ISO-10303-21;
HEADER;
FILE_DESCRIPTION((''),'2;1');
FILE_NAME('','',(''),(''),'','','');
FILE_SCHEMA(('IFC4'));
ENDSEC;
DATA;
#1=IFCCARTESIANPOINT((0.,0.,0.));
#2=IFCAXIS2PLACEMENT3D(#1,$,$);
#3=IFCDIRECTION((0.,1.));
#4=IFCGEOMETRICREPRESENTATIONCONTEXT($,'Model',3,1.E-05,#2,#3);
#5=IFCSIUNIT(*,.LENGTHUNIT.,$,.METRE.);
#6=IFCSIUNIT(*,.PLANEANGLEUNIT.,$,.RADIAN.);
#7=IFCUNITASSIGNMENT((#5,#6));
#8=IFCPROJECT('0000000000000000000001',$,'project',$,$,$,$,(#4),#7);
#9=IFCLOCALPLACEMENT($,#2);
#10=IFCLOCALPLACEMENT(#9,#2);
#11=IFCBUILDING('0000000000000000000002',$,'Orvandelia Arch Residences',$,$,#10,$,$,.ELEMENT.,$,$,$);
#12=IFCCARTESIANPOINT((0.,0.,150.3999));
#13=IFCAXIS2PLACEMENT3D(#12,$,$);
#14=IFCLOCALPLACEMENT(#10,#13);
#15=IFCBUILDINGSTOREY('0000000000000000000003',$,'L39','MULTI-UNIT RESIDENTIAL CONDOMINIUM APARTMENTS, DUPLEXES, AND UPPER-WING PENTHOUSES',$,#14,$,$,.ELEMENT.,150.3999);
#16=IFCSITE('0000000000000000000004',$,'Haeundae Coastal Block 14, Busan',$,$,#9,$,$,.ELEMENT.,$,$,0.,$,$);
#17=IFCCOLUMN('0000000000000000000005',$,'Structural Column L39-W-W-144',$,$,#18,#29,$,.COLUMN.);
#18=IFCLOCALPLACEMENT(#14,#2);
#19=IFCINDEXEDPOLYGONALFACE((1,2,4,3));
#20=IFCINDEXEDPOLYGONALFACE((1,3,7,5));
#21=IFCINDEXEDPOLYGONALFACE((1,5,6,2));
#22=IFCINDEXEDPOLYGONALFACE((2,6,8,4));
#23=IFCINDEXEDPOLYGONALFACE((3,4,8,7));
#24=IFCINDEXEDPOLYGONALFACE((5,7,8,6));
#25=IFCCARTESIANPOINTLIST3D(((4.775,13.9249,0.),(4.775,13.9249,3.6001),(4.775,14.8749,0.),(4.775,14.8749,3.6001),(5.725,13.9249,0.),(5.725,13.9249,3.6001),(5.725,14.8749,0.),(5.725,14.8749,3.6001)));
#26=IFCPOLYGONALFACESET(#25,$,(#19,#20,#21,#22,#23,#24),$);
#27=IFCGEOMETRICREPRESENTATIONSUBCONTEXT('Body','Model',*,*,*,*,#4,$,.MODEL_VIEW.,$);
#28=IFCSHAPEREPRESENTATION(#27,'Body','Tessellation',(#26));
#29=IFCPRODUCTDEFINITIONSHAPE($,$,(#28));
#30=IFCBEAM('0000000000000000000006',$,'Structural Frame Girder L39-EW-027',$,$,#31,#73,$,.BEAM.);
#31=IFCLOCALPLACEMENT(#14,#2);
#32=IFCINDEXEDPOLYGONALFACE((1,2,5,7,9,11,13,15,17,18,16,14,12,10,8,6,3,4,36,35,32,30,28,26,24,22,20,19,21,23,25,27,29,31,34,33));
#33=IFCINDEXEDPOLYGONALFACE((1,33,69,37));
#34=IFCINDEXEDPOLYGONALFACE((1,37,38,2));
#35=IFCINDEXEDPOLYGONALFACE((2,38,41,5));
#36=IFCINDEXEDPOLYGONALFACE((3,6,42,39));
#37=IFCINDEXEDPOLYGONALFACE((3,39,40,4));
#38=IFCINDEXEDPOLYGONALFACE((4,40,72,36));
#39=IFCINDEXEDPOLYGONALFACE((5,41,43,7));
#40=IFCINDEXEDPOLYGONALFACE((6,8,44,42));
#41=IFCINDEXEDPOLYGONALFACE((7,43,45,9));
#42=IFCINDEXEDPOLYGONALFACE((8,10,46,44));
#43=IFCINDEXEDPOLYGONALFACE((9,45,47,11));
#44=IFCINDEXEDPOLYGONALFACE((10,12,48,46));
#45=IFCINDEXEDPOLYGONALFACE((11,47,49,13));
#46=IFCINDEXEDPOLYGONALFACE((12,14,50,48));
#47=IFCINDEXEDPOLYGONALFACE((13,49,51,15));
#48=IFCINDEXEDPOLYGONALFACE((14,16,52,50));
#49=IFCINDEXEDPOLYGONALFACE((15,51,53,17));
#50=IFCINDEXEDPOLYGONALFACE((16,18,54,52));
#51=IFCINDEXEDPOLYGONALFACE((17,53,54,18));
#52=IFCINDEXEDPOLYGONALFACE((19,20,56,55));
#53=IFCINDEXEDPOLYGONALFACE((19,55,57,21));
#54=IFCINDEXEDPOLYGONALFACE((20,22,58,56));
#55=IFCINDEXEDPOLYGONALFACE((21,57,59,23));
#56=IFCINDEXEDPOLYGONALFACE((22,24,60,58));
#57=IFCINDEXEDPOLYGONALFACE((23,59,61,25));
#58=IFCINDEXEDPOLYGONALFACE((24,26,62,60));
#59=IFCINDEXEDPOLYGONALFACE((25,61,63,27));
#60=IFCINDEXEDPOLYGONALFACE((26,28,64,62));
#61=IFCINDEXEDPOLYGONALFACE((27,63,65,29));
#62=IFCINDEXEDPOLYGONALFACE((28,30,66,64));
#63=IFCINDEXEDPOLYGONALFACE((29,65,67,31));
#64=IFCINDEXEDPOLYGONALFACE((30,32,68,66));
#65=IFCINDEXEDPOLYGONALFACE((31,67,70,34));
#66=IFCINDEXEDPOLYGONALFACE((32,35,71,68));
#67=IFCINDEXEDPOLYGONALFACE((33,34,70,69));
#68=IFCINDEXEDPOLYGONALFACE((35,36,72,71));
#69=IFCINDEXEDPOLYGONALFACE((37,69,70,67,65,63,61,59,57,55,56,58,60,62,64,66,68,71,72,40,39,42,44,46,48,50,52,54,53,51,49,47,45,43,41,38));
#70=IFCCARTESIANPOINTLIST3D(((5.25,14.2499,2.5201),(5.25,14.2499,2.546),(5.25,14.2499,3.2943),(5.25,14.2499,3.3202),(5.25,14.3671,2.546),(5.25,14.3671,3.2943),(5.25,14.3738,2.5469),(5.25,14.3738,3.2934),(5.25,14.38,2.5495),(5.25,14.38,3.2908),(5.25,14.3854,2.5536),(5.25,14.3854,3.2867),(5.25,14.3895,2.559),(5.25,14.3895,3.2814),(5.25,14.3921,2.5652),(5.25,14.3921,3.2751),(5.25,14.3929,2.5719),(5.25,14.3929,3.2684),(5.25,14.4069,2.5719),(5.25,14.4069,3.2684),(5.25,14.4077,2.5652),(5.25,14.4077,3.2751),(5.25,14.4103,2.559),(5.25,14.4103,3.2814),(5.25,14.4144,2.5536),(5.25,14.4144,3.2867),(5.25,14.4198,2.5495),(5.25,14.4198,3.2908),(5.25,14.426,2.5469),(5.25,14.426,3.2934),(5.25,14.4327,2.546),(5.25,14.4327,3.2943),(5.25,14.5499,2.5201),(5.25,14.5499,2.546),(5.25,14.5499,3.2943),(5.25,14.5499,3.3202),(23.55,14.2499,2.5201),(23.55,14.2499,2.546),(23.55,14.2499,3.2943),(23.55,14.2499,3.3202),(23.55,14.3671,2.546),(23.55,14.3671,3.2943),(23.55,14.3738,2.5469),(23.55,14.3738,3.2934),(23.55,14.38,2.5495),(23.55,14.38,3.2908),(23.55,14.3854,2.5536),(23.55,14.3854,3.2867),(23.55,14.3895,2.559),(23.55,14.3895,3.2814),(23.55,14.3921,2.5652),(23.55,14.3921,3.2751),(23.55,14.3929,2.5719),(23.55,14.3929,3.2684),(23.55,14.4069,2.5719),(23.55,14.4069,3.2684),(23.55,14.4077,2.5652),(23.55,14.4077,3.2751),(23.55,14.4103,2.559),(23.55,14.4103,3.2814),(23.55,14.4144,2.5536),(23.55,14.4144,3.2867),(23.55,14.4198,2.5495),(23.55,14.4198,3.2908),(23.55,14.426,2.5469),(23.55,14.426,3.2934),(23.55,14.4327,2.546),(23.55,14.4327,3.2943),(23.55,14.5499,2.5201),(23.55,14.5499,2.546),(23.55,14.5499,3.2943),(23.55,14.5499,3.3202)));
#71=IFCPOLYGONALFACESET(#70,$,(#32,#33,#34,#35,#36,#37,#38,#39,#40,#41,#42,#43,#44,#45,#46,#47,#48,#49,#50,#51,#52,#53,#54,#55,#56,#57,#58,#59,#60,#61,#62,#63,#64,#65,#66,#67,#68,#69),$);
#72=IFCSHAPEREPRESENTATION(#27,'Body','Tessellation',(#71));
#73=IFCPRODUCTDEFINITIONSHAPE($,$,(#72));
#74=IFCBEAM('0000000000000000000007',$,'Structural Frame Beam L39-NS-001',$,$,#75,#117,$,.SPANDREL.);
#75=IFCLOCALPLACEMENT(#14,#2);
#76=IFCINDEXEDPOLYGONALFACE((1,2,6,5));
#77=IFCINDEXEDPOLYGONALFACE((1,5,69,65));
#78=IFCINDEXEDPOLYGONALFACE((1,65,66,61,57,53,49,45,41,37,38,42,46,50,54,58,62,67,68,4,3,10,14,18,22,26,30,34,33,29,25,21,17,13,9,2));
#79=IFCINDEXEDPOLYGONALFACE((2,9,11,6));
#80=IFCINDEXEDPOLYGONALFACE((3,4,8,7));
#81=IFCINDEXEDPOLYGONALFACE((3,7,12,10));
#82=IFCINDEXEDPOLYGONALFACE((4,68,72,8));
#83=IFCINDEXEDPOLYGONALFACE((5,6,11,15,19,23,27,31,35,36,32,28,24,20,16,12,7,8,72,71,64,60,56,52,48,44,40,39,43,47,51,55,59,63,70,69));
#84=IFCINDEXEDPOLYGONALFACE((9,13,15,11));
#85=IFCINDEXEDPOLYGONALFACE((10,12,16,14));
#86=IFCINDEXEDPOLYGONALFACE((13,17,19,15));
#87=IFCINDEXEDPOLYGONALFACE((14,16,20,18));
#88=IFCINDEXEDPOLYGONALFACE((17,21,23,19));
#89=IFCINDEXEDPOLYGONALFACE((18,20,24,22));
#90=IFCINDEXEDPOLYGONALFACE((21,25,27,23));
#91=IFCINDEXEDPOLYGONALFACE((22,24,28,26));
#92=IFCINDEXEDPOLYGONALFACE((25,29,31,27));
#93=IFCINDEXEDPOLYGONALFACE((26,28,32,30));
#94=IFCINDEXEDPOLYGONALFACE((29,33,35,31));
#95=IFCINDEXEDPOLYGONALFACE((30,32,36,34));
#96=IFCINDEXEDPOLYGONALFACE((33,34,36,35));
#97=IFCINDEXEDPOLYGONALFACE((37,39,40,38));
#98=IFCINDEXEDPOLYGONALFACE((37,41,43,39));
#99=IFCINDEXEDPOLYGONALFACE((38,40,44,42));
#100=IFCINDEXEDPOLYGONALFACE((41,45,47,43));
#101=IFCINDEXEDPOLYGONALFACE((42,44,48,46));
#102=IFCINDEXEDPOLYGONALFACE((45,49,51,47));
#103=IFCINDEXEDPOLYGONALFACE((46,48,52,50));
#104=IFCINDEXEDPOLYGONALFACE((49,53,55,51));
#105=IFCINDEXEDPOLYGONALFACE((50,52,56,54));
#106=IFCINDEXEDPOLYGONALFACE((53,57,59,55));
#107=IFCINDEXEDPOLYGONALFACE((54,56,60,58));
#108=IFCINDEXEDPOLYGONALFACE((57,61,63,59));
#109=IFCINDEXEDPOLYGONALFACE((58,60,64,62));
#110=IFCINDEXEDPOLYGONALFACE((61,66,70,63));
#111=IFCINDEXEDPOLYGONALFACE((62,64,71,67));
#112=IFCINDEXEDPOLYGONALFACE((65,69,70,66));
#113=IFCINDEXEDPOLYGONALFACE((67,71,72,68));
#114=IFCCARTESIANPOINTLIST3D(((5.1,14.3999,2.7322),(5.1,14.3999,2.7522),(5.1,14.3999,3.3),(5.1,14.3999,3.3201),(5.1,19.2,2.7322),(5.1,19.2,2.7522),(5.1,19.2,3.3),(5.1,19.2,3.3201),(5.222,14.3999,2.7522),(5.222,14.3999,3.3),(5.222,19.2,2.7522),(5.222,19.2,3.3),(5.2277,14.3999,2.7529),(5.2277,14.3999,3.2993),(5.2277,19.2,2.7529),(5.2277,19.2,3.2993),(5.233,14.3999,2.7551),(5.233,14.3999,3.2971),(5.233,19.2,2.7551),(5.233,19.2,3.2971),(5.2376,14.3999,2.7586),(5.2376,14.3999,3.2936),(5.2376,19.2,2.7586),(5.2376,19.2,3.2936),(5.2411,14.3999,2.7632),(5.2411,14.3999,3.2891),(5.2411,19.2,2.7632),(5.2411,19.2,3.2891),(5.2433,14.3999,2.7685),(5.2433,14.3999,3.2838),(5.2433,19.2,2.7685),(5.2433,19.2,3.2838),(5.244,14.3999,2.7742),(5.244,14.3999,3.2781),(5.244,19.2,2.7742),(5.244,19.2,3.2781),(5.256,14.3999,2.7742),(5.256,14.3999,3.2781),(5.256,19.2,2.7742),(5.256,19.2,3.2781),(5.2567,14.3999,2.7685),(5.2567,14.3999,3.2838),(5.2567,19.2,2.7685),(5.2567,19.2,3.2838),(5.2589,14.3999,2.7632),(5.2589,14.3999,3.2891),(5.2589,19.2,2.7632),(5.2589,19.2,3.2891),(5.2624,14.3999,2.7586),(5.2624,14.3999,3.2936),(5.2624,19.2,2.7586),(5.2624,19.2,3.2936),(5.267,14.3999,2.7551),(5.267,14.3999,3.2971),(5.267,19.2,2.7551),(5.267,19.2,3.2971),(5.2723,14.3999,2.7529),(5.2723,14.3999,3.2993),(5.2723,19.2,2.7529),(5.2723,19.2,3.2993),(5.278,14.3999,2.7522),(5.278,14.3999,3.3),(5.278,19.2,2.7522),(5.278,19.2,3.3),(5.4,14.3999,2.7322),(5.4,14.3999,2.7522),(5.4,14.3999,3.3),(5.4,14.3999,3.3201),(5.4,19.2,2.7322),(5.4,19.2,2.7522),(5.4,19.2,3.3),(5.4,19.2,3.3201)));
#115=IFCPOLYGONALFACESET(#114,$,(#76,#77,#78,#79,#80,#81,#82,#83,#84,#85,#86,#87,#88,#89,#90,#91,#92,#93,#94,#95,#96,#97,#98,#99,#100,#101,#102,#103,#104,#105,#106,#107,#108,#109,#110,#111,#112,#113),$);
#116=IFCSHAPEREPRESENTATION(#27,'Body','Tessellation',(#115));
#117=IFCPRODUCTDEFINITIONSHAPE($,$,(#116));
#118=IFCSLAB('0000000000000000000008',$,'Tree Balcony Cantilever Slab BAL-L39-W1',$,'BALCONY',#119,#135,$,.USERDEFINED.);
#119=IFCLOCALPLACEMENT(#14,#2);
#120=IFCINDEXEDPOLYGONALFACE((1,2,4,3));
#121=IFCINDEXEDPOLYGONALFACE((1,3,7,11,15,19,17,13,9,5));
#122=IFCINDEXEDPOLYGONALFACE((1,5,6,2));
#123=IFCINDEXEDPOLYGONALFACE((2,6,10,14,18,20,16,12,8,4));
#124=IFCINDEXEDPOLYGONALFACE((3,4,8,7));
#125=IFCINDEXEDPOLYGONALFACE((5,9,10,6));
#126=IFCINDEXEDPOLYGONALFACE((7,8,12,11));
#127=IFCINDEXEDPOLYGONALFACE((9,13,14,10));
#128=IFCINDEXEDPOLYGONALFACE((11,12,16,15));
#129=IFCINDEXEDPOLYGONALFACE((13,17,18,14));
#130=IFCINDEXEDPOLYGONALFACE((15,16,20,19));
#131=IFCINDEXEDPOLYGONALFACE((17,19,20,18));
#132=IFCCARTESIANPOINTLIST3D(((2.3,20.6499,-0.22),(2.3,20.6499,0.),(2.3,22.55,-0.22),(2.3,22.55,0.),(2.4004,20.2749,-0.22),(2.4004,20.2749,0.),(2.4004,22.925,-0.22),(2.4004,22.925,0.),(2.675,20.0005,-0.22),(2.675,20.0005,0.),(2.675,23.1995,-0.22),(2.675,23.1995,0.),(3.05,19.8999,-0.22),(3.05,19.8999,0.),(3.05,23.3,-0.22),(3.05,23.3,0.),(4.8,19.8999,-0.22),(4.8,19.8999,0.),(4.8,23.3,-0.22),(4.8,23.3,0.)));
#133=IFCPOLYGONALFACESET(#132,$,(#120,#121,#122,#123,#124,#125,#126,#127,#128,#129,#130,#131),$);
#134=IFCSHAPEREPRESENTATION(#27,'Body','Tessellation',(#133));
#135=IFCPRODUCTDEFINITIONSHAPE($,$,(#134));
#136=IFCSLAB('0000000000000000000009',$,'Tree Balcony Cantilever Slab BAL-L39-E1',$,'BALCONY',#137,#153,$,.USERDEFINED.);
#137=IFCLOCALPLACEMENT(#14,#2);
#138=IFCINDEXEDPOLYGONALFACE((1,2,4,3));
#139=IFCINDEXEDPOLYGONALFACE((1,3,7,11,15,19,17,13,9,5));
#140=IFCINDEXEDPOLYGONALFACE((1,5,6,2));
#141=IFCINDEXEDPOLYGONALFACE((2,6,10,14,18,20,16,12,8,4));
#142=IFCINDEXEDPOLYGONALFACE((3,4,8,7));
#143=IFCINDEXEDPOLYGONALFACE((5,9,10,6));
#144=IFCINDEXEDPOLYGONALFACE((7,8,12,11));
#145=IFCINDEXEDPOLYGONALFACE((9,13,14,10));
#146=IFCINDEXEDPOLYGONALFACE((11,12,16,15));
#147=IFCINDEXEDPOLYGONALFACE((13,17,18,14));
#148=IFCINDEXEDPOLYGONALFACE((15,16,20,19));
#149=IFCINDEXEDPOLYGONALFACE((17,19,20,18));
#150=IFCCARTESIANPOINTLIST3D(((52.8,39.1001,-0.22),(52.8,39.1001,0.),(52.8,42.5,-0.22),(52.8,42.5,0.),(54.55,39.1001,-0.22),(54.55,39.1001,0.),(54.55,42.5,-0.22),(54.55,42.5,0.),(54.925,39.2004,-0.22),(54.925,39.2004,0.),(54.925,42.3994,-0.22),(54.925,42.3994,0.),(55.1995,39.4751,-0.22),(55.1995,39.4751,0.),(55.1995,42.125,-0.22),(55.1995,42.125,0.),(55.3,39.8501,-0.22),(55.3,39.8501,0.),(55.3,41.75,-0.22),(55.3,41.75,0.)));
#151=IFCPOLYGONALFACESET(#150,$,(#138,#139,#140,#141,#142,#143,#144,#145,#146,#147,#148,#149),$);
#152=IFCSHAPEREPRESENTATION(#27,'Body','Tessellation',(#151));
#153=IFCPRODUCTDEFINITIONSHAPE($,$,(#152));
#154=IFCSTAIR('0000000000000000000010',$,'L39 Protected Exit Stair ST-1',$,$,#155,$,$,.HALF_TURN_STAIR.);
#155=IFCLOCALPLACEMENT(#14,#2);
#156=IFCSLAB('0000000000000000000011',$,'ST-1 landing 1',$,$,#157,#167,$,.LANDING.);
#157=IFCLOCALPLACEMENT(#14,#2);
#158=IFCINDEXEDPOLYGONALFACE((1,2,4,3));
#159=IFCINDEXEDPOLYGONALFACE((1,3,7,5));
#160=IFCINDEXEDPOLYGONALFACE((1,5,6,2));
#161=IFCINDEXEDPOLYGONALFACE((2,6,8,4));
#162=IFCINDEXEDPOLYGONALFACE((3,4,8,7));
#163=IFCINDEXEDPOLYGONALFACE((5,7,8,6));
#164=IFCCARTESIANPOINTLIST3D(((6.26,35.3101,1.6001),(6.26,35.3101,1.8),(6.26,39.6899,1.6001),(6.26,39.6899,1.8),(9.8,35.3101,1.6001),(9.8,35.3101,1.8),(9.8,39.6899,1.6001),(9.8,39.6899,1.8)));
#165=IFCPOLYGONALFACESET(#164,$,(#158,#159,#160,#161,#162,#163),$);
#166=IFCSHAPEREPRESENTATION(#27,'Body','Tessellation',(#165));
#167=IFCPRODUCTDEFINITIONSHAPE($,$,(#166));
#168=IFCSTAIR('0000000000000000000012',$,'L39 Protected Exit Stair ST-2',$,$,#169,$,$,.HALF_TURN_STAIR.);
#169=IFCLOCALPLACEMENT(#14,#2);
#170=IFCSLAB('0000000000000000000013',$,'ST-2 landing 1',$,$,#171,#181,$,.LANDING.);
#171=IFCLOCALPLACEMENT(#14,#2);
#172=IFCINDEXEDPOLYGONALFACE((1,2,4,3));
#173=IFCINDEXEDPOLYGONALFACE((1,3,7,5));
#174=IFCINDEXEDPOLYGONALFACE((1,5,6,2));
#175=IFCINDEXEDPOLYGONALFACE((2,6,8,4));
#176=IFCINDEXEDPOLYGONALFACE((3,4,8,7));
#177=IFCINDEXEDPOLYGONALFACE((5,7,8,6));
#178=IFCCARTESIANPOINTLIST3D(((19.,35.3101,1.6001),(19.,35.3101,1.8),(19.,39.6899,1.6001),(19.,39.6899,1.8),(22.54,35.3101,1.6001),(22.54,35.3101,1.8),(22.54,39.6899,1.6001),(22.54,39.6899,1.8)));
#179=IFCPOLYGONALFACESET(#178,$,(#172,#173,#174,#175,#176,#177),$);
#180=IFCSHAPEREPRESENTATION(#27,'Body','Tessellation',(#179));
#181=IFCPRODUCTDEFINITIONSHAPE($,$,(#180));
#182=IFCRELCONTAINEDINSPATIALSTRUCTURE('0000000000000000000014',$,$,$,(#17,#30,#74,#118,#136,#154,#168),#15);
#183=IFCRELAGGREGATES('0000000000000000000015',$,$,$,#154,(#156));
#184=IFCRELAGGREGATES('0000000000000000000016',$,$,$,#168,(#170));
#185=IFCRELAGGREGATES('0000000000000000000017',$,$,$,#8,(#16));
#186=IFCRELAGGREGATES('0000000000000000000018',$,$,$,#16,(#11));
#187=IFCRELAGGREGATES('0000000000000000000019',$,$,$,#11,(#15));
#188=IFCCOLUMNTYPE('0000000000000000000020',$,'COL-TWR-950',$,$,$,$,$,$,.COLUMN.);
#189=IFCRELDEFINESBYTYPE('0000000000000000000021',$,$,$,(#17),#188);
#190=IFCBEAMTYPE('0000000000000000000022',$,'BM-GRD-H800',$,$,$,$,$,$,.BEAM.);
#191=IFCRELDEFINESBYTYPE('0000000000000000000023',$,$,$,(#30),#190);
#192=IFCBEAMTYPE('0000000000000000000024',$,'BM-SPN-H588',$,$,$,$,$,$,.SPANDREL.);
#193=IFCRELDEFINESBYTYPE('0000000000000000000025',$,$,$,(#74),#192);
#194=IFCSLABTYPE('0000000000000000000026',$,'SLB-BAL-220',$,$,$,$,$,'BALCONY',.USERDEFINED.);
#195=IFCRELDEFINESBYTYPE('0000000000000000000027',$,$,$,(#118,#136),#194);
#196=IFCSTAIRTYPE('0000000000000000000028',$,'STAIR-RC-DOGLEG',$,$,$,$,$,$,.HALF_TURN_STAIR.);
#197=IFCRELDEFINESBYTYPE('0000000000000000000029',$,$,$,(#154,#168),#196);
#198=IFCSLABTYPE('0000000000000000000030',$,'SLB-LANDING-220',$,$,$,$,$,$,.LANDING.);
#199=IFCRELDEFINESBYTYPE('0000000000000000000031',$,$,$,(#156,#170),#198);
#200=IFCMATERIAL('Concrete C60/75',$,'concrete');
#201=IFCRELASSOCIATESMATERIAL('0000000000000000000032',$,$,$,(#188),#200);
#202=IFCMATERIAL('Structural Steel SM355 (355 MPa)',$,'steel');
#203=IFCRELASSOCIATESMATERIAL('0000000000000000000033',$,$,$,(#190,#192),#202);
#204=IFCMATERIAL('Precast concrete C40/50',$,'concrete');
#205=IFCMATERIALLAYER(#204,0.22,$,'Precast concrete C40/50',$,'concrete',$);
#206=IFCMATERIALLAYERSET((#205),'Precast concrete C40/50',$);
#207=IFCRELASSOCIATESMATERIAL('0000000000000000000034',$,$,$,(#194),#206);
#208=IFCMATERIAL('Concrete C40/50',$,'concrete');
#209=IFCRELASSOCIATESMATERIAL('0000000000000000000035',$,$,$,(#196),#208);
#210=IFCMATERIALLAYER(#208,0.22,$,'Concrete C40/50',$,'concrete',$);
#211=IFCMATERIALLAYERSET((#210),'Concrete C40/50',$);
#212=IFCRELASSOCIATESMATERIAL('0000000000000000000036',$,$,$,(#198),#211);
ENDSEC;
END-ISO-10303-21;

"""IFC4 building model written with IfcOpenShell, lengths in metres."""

from ifc_helpers import new_model, si_unit, direction, frame, origin, origin_2d, place, context, subcontext, project, spatial, polyline, rectangle, i_section, outline, extrude, material, layer, layer_set, material_profile, profile_set, type_object, element, aggregate, save


model = new_model("IFC4")

# Units and contexts
model_context = context("Model", 3, precision=1e-05, world=origin(), true_north=direction((0.0, 1.0)))
body_context = subcontext(model_context, "Body", "Model", "MODEL_VIEW")
ifc_project = project(units=[si_unit("LENGTHUNIT", "METRE"), si_unit("PLANEANGLEUNIT", "RADIAN")], contexts=[model_context])

# Site, building, storey
site_placement = place(None, origin())
site = spatial("IfcSite", under=ifc_project, at=site_placement, Name="Haeundae Coastal Block 14, Busan", CompositionType="ELEMENT", RefElevation=0.0)
building_placement = place(site_placement, origin())
building = spatial("IfcBuilding", under=site, at=building_placement, Name="Orvandelia Arch Residences", CompositionType="ELEMENT")
storey_placement = place(building_placement, frame((0.0, 0.0, 150.3999)))
storey = spatial("IfcBuildingStorey", under=building, at=storey_placement, Name="L39", Description="MULTI-UNIT RESIDENTIAL CONDOMINIUM APARTMENTS, DUPLEXES, AND UPPER-WING PENTHOUSES", CompositionType="ELEMENT", Elevation=150.3999)

# Column
ifc_material_1 = material(Name="Concrete C60/75", Category="concrete")
ifc_material_profile_1 = material_profile(ifc_material_1, rectangle(XDim=0.95, YDim=0.95, at=origin_2d()), Name="Concrete C60/75", Category="concrete")
ifc_profile_set_1 = profile_set([ifc_material_profile_1], Name="Concrete C60/75")
column_type = type_object("IfcColumnType", Name="COL-TWR-950", PredefinedType="COLUMN", material=ifc_profile_set_1)
column_placement = place(storey_placement, frame((5.25, 14.3999, 0.0), z_axis=(0.0, 0.0, 1.0), x_axis=(1.0, 0.0, 0.0)))
element("IfcColumn", 1, at=column_placement, inside=storey, type_object=column_type, Name="Structural Column L39-W-W-144", PredefinedType="COLUMN", context=body_context, shape_type="SweptSolid", body=[
    extrude(rectangle(XDim=0.95, YDim=0.95, at=origin_2d()), origin(), (0.0, 0.0, 1.0), 3.6001),
])

# Beams
ifc_material_2 = material(Name="Structural Steel SM355 (355 MPa)", Category="steel")
ifc_material_profile_2 = material_profile(ifc_material_2, i_section(OverallWidth=0.3, OverallDepth=0.8, WebThickness=0.0139, FlangeThickness=0.0259, FilletRadius=0.0259, at=origin_2d()), Name="Structural Steel SM355 (355 MPa)", Category="steel")
ifc_profile_set_2 = profile_set([ifc_material_profile_2], Name="Structural Steel SM355 (355 MPa)")
beam_type_1 = type_object("IfcBeamType", Name="BM-GRD-H800", PredefinedType="BEAM", material=ifc_profile_set_2)
beam_1_placement = place(storey_placement, frame((5.25, 14.3999, 2.9202), z_axis=(1.0, 0.0, 0.0), x_axis=(0.0, 1.0, 0.0)))
element("IfcBeam", 2, at=beam_1_placement, inside=storey, type_object=beam_type_1, Name="Structural Frame Girder L39-EW-027", PredefinedType="BEAM", context=body_context, shape_type="SweptSolid", body=[
    extrude(i_section(OverallWidth=0.3, OverallDepth=0.8, WebThickness=0.0139, FlangeThickness=0.0259, FilletRadius=0.0259, at=origin_2d()), origin(), (0.0, 0.0, 1.0), 18.3),
])
ifc_material_profile_3 = material_profile(ifc_material_2, i_section(OverallWidth=0.3, OverallDepth=0.5879, WebThickness=0.012, FlangeThickness=0.02, FilletRadius=0.022, at=origin_2d()), Name="Structural Steel SM355 (355 MPa)", Category="steel")
ifc_profile_set_3 = profile_set([ifc_material_profile_3], Name="Structural Steel SM355 (355 MPa)")
beam_type_2 = type_object("IfcBeamType", Name="BM-SPN-H588", PredefinedType="SPANDREL", material=ifc_profile_set_3)
beam_2_placement = place(storey_placement, frame((5.25, 14.3999, 3.0261), z_axis=(0.0, 1.0, 0.0), x_axis=(-1.0, 0.0, 0.0)))
element("IfcBeam", 3, at=beam_2_placement, inside=storey, type_object=beam_type_2, Name="Structural Frame Beam L39-NS-001", PredefinedType="SPANDREL", context=body_context, shape_type="SweptSolid", body=[
    extrude(i_section(OverallWidth=0.3, OverallDepth=0.5879, WebThickness=0.012, FlangeThickness=0.02, FilletRadius=0.022, at=origin_2d()), origin(), (0.0, 0.0, 1.0), 4.8),
])

# Slabs
ifc_material_3 = material(Name="Precast concrete C40/50", Category="concrete")
ifc_layer_1 = layer(ifc_material_3, 0.22, Name="Precast concrete C40/50", Category="concrete")
ifc_layer_set_1 = layer_set([ifc_layer_1], Name="Precast concrete C40/50")
slab_type_1 = type_object("IfcSlabType", Name="SLB-BAL-220", ElementType="BALCONY", PredefinedType="USERDEFINED", material=ifc_layer_set_1)
slab_1_placement = place(storey_placement, frame((0.0, 0.0, -0.22)))
element("IfcSlab", 4, at=slab_1_placement, inside=storey, type_object=slab_type_1, Name="Tree Balcony Cantilever Slab BAL-L39-W1", ObjectType="BALCONY", PredefinedType="USERDEFINED", context=body_context, shape_type="SweptSolid", body=[
    extrude(outline(polyline([(4.8, 19.8999), (4.8, 23.3), (3.05, 23.3), (2.675, 23.1995), (2.4004, 22.925), (2.3, 22.55), (2.3, 20.6499), (2.4004, 20.2749), (2.675, 20.0005), (3.05, 19.8999), (4.8, 19.8999)])), origin(), (0.0, 0.0, 1.0), 0.22),
])
slab_2_placement = place(storey_placement, frame((0.0, 0.0, -0.22)))
element("IfcSlab", 5, at=slab_2_placement, inside=storey, type_object=slab_type_1, Name="Tree Balcony Cantilever Slab BAL-L39-E1", ObjectType="BALCONY", PredefinedType="USERDEFINED", context=body_context, shape_type="SweptSolid", body=[
    extrude(outline(polyline([(52.8, 42.5), (52.8, 39.1001), (54.55, 39.1001), (54.925, 39.2004), (55.1995, 39.4751), (55.3, 39.8501), (55.3, 41.75), (55.1995, 42.125), (54.925, 42.3994), (54.55, 42.5), (52.8, 42.5)])), origin(), (0.0, 0.0, 1.0), 0.22),
])

# Stairs, slabs
ifc_material_4 = material(Name="Concrete C40/50", Category="concrete")
stair_type = type_object("IfcStairType", Name="STAIR-RC-DOGLEG", PredefinedType="HALF_TURN_STAIR", material=ifc_material_4)
stair_1_placement = place(storey_placement, origin())
stair_1 = element("IfcStair", 6, at=stair_1_placement, inside=storey, type_object=stair_type, Name="L39 Protected Exit Stair ST-1", PredefinedType="HALF_TURN_STAIR")
ifc_layer_2 = layer(ifc_material_4, 0.22, Name="Concrete C40/50", Category="concrete")
ifc_layer_set_2 = layer_set([ifc_layer_2], Name="Concrete C40/50")
slab_type_2 = type_object("IfcSlabType", Name="SLB-LANDING-220", PredefinedType="LANDING", material=ifc_layer_set_2)
slab_3_placement = place(storey_placement, frame((0.0, 0.0, 1.6001)))
slab_3 = element("IfcSlab", 7, at=slab_3_placement, type_object=slab_type_2, Name="ST-1 landing 1", PredefinedType="LANDING", context=body_context, shape_type="SweptSolid", body=[
    extrude(outline(polyline([(9.8, 35.3101), (9.8, 39.6899), (6.26, 39.6899), (6.26, 35.3101), (9.8, 35.3101)])), origin(), (0.0, 0.0, 1.0), 0.2),
])
aggregate(stair_1, [slab_3])
stair_2_placement = place(storey_placement, origin())
stair_2 = element("IfcStair", 8, at=stair_2_placement, inside=storey, type_object=stair_type, Name="L39 Protected Exit Stair ST-2", PredefinedType="HALF_TURN_STAIR")
slab_4_placement = place(storey_placement, frame((0.0, 0.0, 1.6001)))
slab_4 = element("IfcSlab", 9, at=slab_4_placement, type_object=slab_type_2, Name="ST-2 landing 1", PredefinedType="LANDING", context=body_context, shape_type="SweptSolid", body=[
    extrude(outline(polyline([(22.54, 35.3101), (22.54, 39.6899), (19.0, 39.6899), (19.0, 35.3101), (22.54, 35.3101)])), origin(), (0.0, 0.0, 1.0), 0.2),
])
aggregate(stair_2, [slab_4])

save(model, "model.ifc")
